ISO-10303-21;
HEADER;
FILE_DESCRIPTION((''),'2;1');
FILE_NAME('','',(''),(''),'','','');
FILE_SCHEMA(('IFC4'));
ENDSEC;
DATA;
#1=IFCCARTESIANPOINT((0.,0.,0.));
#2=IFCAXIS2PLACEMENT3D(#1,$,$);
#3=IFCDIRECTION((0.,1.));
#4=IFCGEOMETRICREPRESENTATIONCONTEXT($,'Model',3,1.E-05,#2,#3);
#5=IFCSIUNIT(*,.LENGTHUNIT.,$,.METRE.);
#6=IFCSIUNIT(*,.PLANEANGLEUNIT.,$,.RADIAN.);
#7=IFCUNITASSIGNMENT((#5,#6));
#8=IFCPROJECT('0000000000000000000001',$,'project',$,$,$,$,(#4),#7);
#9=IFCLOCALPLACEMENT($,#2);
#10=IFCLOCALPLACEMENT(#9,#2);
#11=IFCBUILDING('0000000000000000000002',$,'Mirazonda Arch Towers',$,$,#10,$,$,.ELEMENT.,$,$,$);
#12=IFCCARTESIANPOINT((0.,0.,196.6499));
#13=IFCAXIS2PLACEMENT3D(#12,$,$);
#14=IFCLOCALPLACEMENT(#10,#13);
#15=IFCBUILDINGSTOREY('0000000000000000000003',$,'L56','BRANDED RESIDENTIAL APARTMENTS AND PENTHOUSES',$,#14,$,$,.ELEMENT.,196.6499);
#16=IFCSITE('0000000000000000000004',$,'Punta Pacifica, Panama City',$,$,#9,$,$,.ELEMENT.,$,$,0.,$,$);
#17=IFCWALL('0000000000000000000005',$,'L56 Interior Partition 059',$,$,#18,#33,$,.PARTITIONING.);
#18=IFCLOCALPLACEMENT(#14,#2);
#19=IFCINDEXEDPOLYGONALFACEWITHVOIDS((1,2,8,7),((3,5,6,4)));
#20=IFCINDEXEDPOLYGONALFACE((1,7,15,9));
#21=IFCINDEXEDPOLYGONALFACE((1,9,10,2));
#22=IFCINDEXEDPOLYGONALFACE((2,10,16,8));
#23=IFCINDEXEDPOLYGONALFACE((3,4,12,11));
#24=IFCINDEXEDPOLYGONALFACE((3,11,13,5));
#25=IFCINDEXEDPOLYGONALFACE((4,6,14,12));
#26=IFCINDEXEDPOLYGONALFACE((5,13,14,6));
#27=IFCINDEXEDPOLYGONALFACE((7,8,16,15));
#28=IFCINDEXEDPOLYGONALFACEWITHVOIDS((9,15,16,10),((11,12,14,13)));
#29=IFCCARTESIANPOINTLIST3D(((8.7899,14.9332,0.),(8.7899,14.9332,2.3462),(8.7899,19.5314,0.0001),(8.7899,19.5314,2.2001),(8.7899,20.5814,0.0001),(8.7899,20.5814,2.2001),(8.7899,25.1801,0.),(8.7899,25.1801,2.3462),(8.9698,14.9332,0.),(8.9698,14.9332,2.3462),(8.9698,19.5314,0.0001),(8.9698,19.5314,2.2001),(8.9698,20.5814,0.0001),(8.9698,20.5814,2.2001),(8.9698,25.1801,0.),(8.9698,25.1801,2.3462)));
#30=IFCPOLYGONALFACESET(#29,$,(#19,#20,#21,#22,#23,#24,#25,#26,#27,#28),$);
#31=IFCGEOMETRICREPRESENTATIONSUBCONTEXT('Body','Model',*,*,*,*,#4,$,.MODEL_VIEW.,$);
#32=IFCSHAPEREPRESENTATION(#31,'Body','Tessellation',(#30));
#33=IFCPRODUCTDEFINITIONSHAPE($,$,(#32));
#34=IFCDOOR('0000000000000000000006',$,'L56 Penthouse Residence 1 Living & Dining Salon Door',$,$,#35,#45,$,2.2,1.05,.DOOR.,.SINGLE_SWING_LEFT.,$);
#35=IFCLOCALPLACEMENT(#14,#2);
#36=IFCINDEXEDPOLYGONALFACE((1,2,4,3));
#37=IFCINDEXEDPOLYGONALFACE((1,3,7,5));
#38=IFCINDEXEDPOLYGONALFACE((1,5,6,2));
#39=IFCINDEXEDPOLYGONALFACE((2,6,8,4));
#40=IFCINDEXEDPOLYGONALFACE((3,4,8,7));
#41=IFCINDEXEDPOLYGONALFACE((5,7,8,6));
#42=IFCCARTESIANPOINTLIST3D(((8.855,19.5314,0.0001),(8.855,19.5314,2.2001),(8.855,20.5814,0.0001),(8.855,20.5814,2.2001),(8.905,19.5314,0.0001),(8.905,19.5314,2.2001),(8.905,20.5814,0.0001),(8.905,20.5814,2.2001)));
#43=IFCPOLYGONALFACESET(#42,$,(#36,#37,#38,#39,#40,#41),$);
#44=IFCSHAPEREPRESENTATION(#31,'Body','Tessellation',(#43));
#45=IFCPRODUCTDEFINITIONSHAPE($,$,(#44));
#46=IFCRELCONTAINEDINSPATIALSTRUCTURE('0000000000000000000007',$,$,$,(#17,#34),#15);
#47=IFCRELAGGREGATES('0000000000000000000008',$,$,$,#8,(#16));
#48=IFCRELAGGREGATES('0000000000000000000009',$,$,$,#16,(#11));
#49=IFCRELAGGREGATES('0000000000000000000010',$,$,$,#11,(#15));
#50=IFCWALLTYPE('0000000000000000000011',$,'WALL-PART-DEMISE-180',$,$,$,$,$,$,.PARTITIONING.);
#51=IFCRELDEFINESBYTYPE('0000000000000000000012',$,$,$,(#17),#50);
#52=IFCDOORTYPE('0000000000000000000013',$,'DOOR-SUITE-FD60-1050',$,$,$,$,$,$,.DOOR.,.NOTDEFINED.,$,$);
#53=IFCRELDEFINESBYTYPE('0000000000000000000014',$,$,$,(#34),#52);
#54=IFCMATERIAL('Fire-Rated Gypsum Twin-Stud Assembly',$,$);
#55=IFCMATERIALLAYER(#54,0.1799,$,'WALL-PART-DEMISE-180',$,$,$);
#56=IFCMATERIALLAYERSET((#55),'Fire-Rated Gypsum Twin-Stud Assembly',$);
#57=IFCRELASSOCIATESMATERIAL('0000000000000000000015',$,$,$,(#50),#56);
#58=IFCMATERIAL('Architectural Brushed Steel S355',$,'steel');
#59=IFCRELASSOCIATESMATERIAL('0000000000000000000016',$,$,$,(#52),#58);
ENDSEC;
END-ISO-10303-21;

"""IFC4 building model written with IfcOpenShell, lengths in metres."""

from ifc_helpers import new_model, si_unit, direction, frame, frame_2d, origin, place, context, subcontext, project, spatial, rectangle, extrude, material, layer, layer_set, type_object, element, fill, save


model = new_model("IFC4")

# Units and contexts
model_context = context("Model", 3, precision=1e-05, world=origin(), true_north=direction((0.0, 1.0)))
body_context = subcontext(model_context, "Body", "Model", "MODEL_VIEW")
ifc_project = project(units=[si_unit("LENGTHUNIT", "METRE"), si_unit("PLANEANGLEUNIT", "RADIAN")], contexts=[model_context])

# Site, building, storey
site_placement = place(None, origin())
site = spatial("IfcSite", under=ifc_project, at=site_placement, Name="Punta Pacifica, Panama City", CompositionType="ELEMENT", RefElevation=0.0)
building_placement = place(site_placement, origin())
building = spatial("IfcBuilding", under=site, at=building_placement, Name="Mirazonda Arch Towers", CompositionType="ELEMENT")
storey_placement = place(building_placement, frame((0.0, 0.0, 196.6499)))
storey = spatial("IfcBuildingStorey", under=building, at=storey_placement, Name="L56", Description="BRANDED RESIDENTIAL APARTMENTS AND PENTHOUSES", CompositionType="ELEMENT", Elevation=196.6499)

# Shared definitions
ifc_material_1 = material(Name="Architectural Brushed Steel S355", Category="steel")

# Wall, opening, door
ifc_material_2 = material(Name="Fire-Rated Gypsum Twin-Stud Assembly")
ifc_layer_1 = layer(ifc_material_2, 0.1799, Name="WALL-PART-DEMISE-180")
ifc_layer_set_1 = layer_set([ifc_layer_1], Name="Fire-Rated Gypsum Twin-Stud Assembly")
wall_type_1 = type_object("IfcWallType", Name="WALL-PART-DEMISE-180", PredefinedType="PARTITIONING", material=ifc_layer_set_1)
wall_1_placement = place(storey_placement, frame((8.8799, 14.9331, 0.0), z_axis=(0.0, 0.0, 1.0), x_axis=(0.0, 1.0, 0.0)))
wall_1 = element("IfcWall", 1, at=wall_1_placement, inside=storey, type_object=wall_type_1, Name="L56 Interior Partition 059", PredefinedType="PARTITIONING", context=body_context, shape_type="SweptSolid", body=[
    extrude(rectangle(XDim=10.2468, YDim=0.1799, at=frame_2d((5.1235, 0.0))), origin(), (0.0, 0.0, 1.0), 2.3462),
])
opening_1_placement = place(wall_1_placement, frame((4.5984, 0.0, 0.0)))
opening_1 = element("IfcOpeningElement", 2, at=opening_1_placement, cuts=wall_1, PredefinedType="OPENING", context=body_context, shape_type="SweptSolid", body=[
    extrude(rectangle(XDim=1.05, YDim=2.2, at=frame_2d((0.5249, 1.1001))), frame((0.0, 0.0999, 0.0), z_axis=(0.0, -1.0, 0.0), x_axis=(1.0, 0.0, 0.0)), (0.0, 0.0, 1.0), 0.2),
])
door_type_1 = type_object("IfcDoorType", Name="DOOR-SUITE-FD60-1050", OperationType="NOTDEFINED", PredefinedType="DOOR", material=ifc_material_1)
door_1_placement = place(opening_1_placement, origin())
door_1 = element("IfcDoor", 3, at=door_1_placement, inside=storey, type_object=door_type_1, Name="L56 Penthouse Residence 1 Living & Dining Salon Door", OperationType="SINGLE_SWING_LEFT", OverallHeight=2.2, OverallWidth=1.05, PredefinedType="DOOR", context=body_context, shape_type="SweptSolid", body=[
    extrude(rectangle(XDim=1.05, YDim=2.2, at=frame_2d((0.5249, 1.1001))), frame((0.0, 0.0249, 0.0), z_axis=(0.0, -1.0, 0.0), x_axis=(1.0, 0.0, 0.0)), (0.0, 0.0, 1.0), 0.05),
])
fill(opening_1, door_1)

save(model, "model.ifc")
